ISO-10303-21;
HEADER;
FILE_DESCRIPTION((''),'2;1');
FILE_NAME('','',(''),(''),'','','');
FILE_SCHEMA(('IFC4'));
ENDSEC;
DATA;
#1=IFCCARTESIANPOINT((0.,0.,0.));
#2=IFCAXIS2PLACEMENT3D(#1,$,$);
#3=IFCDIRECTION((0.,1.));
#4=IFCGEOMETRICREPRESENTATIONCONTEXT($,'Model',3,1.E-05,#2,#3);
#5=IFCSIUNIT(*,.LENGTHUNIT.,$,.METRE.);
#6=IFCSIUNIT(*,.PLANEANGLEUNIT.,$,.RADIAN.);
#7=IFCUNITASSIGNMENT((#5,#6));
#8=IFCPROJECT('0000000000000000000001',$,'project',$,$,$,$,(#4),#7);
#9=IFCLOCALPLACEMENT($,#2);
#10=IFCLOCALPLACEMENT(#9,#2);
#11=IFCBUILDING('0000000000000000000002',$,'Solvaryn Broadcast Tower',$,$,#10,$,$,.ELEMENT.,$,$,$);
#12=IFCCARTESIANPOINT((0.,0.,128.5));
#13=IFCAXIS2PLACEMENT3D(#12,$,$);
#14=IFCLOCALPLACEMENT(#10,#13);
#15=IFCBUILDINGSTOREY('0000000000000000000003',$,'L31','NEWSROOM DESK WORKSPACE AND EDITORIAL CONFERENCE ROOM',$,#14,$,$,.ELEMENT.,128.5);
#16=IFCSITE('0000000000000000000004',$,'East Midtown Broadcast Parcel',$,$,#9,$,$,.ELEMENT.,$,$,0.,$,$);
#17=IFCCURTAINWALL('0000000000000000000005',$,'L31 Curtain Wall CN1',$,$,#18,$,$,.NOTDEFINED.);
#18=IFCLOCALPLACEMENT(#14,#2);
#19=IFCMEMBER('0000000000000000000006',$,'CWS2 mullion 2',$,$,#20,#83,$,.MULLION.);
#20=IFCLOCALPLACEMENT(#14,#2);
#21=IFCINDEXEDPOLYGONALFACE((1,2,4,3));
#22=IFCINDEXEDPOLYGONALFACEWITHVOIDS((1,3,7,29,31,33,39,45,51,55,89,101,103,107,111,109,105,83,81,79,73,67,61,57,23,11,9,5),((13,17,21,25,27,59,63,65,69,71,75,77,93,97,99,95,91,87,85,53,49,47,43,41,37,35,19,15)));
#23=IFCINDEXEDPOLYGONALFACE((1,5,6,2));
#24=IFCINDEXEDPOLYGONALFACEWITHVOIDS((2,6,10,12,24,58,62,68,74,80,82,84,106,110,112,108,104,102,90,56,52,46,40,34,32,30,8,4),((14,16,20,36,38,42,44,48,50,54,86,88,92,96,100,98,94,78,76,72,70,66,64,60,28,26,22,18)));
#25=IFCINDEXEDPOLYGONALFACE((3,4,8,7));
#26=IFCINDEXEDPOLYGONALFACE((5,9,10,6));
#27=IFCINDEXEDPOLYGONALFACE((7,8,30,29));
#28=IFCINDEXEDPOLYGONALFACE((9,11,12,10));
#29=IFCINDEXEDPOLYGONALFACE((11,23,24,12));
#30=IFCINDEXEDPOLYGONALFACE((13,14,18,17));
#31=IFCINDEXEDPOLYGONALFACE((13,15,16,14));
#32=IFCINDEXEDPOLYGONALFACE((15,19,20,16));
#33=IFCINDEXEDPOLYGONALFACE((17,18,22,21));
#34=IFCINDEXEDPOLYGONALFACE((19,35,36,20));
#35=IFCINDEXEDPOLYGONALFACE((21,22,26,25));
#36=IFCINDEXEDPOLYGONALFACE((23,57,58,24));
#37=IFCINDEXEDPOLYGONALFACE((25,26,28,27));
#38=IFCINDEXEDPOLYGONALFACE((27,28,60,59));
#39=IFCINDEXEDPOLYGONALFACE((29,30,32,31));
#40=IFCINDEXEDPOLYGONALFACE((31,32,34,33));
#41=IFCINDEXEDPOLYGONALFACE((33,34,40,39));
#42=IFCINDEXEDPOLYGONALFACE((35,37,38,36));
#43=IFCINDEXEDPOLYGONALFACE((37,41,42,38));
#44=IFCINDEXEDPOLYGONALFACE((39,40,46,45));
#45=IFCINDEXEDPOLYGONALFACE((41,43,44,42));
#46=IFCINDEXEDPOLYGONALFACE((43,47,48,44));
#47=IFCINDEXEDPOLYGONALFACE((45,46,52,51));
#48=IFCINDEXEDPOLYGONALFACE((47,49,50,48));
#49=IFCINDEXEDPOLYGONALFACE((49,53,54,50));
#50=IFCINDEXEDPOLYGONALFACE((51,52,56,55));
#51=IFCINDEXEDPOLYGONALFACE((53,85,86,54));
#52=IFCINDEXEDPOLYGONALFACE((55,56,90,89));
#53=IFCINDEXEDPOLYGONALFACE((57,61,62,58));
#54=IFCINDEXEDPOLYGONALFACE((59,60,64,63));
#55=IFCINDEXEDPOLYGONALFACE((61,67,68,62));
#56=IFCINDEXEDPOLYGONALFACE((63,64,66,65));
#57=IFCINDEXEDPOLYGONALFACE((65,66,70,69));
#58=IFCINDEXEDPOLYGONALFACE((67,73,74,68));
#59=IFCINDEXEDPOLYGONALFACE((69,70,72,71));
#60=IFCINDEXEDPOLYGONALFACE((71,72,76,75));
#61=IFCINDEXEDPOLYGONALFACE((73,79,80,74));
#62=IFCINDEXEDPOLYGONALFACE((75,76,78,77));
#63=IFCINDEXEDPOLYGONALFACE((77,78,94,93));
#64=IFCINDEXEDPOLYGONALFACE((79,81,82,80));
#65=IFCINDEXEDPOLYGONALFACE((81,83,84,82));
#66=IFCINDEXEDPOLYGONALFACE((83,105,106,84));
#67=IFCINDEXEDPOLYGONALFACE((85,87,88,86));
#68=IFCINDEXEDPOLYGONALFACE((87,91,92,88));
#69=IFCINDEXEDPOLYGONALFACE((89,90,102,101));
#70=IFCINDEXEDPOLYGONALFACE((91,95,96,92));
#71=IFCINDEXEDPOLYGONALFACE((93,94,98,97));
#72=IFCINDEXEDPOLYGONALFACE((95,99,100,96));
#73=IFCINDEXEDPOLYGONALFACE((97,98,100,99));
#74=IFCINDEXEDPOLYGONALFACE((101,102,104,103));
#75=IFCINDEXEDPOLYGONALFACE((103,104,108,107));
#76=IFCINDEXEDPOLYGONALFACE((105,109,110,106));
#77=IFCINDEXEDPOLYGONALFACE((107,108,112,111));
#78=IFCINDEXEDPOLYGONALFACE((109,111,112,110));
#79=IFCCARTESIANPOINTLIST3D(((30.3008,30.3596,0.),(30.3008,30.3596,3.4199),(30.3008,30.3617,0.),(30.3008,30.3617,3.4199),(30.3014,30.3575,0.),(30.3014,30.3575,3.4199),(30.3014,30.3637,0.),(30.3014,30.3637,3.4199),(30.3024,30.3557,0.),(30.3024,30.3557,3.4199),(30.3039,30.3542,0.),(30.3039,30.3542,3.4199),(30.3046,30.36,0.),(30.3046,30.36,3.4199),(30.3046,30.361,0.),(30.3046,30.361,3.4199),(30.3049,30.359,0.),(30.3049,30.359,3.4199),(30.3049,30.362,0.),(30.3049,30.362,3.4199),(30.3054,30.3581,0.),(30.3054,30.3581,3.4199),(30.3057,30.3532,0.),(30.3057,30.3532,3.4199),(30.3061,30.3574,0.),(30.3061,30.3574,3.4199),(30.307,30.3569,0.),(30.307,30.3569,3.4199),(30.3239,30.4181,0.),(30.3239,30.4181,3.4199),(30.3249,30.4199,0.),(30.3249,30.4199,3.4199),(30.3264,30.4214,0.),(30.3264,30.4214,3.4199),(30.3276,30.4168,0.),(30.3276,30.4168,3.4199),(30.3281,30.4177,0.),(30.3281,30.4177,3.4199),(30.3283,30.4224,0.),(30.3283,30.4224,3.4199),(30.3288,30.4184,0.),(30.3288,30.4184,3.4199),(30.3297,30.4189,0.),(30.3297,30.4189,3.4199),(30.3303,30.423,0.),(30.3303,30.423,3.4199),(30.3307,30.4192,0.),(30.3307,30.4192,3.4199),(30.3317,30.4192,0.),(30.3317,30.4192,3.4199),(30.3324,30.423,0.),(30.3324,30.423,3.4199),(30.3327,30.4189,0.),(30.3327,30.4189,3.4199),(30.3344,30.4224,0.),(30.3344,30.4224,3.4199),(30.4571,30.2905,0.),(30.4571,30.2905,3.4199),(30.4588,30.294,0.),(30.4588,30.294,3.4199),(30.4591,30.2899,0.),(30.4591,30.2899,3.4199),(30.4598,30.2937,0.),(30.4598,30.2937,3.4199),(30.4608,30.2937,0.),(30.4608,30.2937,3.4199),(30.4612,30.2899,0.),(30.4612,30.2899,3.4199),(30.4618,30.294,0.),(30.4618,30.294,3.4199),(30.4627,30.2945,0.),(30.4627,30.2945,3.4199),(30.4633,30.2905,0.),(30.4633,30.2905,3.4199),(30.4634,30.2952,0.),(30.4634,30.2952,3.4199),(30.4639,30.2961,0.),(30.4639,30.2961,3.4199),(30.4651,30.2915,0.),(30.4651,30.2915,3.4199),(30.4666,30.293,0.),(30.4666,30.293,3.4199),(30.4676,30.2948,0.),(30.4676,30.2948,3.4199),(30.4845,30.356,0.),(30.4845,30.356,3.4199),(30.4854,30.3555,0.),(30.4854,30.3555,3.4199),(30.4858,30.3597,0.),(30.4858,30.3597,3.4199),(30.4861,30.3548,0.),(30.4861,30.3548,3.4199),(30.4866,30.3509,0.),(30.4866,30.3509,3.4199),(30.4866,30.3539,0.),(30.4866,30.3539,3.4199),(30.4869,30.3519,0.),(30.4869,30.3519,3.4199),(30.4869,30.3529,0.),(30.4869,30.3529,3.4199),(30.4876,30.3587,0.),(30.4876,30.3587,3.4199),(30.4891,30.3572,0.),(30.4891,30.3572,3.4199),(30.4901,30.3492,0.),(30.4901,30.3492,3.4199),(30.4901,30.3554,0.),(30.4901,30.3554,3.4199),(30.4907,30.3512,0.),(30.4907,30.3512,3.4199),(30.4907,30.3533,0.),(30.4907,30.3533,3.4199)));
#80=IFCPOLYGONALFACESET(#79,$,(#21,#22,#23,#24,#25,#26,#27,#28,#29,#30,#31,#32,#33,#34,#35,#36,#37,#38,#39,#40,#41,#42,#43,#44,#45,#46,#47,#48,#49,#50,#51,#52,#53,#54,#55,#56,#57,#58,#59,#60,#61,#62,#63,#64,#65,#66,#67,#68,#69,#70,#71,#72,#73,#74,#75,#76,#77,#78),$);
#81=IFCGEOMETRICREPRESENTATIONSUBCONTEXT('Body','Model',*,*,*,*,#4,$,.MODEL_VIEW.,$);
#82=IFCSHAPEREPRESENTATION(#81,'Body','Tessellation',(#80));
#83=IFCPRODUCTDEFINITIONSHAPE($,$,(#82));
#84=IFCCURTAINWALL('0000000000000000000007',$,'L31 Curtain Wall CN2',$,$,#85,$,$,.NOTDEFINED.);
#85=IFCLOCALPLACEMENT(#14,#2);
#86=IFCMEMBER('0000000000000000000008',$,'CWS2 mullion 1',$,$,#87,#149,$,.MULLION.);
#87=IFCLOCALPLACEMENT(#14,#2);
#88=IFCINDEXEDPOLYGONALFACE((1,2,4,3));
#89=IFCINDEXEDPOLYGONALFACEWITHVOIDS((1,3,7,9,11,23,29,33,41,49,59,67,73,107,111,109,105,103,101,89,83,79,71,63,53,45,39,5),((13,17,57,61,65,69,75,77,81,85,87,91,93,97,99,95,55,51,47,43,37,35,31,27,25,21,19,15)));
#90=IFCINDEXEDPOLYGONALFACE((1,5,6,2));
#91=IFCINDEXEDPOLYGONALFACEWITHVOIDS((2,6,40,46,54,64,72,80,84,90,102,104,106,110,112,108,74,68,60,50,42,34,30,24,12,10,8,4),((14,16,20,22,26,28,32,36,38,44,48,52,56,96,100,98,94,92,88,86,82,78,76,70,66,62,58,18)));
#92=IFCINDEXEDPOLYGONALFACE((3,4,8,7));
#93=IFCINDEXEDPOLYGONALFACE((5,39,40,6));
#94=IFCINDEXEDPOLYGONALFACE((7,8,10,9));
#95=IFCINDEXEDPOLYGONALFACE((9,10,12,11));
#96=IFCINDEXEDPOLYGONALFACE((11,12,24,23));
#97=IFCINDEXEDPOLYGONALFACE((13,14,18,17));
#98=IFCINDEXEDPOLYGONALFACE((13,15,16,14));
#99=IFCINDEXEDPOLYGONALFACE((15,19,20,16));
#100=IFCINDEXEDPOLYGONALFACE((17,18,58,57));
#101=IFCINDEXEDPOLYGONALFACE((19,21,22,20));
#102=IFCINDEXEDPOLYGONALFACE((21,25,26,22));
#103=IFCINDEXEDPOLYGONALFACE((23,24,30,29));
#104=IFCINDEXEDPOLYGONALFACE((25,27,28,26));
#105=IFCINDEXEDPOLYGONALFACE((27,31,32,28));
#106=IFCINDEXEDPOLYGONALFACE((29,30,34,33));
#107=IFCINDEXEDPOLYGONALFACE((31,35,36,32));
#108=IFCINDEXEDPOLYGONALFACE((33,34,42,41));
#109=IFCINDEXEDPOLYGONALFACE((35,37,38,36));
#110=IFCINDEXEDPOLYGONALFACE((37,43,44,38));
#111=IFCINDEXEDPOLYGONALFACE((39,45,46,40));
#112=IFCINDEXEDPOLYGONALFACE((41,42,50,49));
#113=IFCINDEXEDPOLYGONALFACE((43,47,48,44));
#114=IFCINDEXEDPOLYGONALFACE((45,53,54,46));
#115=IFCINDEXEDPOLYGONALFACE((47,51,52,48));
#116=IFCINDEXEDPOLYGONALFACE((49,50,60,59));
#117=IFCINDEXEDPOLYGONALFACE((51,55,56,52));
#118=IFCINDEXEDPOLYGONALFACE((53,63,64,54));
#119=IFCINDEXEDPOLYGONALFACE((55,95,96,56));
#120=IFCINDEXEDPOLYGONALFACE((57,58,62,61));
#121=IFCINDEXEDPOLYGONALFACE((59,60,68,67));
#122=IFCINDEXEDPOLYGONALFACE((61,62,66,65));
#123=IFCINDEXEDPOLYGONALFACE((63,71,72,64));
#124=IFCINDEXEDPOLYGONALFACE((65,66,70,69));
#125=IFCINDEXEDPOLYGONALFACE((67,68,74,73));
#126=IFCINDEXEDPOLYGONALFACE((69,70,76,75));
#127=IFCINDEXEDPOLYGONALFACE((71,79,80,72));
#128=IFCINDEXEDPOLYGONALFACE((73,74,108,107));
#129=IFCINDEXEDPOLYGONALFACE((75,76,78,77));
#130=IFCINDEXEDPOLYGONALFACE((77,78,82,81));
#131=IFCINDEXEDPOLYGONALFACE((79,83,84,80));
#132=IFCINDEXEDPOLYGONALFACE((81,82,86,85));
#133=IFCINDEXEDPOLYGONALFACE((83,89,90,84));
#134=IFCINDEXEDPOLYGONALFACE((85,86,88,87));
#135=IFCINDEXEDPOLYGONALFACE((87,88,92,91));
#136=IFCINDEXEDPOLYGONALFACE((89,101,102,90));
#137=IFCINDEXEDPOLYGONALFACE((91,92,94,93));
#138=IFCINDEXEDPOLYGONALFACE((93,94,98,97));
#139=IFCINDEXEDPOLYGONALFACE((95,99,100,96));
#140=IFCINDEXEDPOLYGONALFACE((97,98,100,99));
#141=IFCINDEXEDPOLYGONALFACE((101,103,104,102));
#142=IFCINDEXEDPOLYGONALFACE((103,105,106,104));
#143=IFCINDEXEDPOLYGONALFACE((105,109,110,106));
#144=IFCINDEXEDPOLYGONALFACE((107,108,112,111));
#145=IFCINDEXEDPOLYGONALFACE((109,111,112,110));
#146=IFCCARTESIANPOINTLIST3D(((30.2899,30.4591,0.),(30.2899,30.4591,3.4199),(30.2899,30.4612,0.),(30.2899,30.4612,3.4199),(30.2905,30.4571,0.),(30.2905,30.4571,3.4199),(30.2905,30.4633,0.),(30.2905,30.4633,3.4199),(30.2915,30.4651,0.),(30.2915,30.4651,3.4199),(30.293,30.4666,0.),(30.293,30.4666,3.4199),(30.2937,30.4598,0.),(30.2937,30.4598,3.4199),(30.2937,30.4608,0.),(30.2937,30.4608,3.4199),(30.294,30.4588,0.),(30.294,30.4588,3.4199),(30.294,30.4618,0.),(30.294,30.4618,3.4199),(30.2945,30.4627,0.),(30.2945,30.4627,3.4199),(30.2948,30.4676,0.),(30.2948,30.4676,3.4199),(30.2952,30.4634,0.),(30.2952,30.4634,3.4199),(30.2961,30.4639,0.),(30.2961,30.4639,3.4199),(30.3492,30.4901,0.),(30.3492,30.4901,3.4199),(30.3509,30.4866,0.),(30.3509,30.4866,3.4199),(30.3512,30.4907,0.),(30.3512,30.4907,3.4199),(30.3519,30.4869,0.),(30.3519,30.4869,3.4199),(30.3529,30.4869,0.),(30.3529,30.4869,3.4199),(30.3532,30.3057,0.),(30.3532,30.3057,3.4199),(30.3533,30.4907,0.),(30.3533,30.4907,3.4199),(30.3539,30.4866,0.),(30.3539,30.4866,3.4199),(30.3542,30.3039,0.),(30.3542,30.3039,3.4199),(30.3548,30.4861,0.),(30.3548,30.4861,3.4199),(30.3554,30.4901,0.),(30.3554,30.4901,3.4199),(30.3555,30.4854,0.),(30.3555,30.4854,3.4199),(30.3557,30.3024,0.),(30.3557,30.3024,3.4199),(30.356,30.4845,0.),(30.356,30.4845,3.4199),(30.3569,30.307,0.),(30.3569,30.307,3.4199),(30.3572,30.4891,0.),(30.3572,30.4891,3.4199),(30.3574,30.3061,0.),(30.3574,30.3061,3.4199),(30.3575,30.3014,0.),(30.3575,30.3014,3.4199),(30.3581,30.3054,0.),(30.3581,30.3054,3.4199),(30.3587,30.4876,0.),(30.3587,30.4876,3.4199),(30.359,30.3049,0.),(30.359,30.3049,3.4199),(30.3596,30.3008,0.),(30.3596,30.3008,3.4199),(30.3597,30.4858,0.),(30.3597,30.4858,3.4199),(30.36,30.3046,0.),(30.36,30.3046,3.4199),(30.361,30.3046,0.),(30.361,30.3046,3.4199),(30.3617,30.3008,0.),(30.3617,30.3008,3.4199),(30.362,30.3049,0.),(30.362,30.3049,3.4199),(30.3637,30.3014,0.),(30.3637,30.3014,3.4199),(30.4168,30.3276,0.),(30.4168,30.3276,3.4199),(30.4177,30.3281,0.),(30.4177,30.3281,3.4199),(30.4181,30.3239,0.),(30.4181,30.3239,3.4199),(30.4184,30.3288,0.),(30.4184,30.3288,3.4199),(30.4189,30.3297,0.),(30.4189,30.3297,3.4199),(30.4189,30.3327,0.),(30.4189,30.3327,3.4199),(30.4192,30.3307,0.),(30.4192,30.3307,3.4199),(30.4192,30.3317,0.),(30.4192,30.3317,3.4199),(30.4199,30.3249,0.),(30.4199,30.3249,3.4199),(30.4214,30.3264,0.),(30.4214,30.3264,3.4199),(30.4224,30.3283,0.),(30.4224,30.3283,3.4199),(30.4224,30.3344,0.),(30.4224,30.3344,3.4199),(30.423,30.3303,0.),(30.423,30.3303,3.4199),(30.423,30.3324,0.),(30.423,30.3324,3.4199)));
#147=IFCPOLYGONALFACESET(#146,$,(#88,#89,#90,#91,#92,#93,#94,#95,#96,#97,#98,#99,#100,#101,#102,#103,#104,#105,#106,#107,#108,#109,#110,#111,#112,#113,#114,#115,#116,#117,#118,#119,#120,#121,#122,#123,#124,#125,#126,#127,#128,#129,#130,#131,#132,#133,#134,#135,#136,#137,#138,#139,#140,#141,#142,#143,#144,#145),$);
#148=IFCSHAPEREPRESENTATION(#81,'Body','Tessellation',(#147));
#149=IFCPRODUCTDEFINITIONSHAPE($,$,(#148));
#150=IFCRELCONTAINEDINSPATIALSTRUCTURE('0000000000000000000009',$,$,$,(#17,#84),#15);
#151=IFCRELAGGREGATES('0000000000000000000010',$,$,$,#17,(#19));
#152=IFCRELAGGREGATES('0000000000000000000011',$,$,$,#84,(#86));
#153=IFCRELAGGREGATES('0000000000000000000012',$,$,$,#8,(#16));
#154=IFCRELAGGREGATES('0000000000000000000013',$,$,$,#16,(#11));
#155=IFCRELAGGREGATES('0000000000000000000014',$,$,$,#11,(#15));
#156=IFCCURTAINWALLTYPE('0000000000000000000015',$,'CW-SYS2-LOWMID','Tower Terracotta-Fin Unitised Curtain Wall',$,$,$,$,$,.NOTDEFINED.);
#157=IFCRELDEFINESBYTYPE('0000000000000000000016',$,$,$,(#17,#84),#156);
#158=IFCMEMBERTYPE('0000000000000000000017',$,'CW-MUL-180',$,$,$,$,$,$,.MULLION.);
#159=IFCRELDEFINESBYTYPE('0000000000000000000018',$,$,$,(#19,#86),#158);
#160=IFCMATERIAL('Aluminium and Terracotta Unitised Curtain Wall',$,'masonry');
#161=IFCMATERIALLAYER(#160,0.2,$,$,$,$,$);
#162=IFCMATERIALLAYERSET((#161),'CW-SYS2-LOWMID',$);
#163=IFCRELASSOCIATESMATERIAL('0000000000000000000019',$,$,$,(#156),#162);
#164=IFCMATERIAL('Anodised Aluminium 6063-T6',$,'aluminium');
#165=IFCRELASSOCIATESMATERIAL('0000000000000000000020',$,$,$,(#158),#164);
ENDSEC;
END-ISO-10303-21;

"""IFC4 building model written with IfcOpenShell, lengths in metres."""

from ifc_helpers import new_model, si_unit, direction, frame, origin, origin_2d, place, context, subcontext, project, spatial, hollow_rectangle, extrude, material, layer, layer_set, material_profile, profile_set, type_object, element, aggregate, save


model = new_model("IFC4")

# Units and contexts
model_context = context("Model", 3, precision=1e-05, world=origin(), true_north=direction((0.0, 1.0)))
body_context = subcontext(model_context, "Body", "Model", "MODEL_VIEW")
ifc_project = project(units=[si_unit("LENGTHUNIT", "METRE"), si_unit("PLANEANGLEUNIT", "RADIAN")], contexts=[model_context])

# Site, building, storey
site_placement = place(None, origin())
site = spatial("IfcSite", under=ifc_project, at=site_placement, Name="East Midtown Broadcast Parcel", CompositionType="ELEMENT", RefElevation=0.0)
building_placement = place(site_placement, origin())
building = spatial("IfcBuilding", under=site, at=building_placement, Name="Solvaryn Broadcast Tower", CompositionType="ELEMENT")
storey_placement = place(building_placement, frame((0.0, 0.0, 128.5)))
storey = spatial("IfcBuildingStorey", under=building, at=storey_placement, Name="L31", Description="NEWSROOM DESK WORKSPACE AND EDITORIAL CONFERENCE ROOM", CompositionType="ELEMENT", Elevation=128.5)

# Curtain wall, member
ifc_material_1 = material(Name="Aluminium and Terracotta Unitised Curtain Wall", Category="masonry")
ifc_layer_1 = layer(ifc_material_1, 0.2)
ifc_layer_set_1 = layer_set([ifc_layer_1], Name="CW-SYS2-LOWMID")
curtain_wall_type = type_object("IfcCurtainWallType", Name="CW-SYS2-LOWMID", Description="Tower Terracotta-Fin Unitised Curtain Wall", PredefinedType="NOTDEFINED", material=ifc_layer_set_1)
curtain_wall_1_placement = place(storey_placement, origin())
curtain_wall_1 = element("IfcCurtainWall", 1, at=curtain_wall_1_placement, inside=storey, type_object=curtain_wall_type, Name="L31 Curtain Wall CN1", PredefinedType="NOTDEFINED")
ifc_material_2 = material(Name="Anodised Aluminium 6063-T6", Category="aluminium")
ifc_material_profile_1 = material_profile(ifc_material_2, hollow_rectangle(XDim=0.075, YDim=0.1799, WallThickness=0.0039, InnerFilletRadius=0.0039, OuterFilletRadius=0.0081, at=origin_2d()))
ifc_profile_set_1 = profile_set([ifc_material_profile_1], Name="Anodised Aluminium 6063-T6")
member_type_1 = type_object("IfcMemberType", Name="CW-MUL-180", PredefinedType="MULLION", material=ifc_profile_set_1)
member_1_placement = place(storey_placement, frame((30.3958, 30.3564, 0.0), z_axis=(0.0, 0.0, 1.0), x_axis=(-0.382646, -0.923895, 0.0)))
member_1 = element("IfcMember", 2, at=member_1_placement, type_object=member_type_1, Name="CWS2 mullion 2", PredefinedType="MULLION", context=body_context, shape_type="SweptSolid", body=[
    extrude(hollow_rectangle(XDim=0.075, YDim=0.1799, WallThickness=0.0039, InnerFilletRadius=0.0039, OuterFilletRadius=0.0081, at=origin_2d()), origin(), (0.0, 0.0, 1.0), 3.4199),
])

# Curtain wall, member
curtain_wall_2_placement = place(storey_placement, origin())
curtain_wall_2 = element("IfcCurtainWall", 3, at=curtain_wall_2_placement, inside=storey, type_object=curtain_wall_type, Name="L31 Curtain Wall CN2", PredefinedType="NOTDEFINED")
member_2_placement = place(storey_placement, frame((30.3564, 30.3958, 0.0), z_axis=(0.0, 0.0, 1.0), x_axis=(-0.923895, -0.382646, 0.0)))
member_2 = element("IfcMember", 4, at=member_2_placement, type_object=member_type_1, Name="CWS2 mullion 1", PredefinedType="MULLION", context=body_context, shape_type="SweptSolid", body=[
    extrude(hollow_rectangle(XDim=0.075, YDim=0.1799, WallThickness=0.0039, InnerFilletRadius=0.0039, OuterFilletRadius=0.0081, at=origin_2d()), origin(), (0.0, 0.0, 1.0), 3.4199),
])

aggregate(curtain_wall_1, [member_1])
aggregate(curtain_wall_2, [member_2])

save(model, "model.ifc")
